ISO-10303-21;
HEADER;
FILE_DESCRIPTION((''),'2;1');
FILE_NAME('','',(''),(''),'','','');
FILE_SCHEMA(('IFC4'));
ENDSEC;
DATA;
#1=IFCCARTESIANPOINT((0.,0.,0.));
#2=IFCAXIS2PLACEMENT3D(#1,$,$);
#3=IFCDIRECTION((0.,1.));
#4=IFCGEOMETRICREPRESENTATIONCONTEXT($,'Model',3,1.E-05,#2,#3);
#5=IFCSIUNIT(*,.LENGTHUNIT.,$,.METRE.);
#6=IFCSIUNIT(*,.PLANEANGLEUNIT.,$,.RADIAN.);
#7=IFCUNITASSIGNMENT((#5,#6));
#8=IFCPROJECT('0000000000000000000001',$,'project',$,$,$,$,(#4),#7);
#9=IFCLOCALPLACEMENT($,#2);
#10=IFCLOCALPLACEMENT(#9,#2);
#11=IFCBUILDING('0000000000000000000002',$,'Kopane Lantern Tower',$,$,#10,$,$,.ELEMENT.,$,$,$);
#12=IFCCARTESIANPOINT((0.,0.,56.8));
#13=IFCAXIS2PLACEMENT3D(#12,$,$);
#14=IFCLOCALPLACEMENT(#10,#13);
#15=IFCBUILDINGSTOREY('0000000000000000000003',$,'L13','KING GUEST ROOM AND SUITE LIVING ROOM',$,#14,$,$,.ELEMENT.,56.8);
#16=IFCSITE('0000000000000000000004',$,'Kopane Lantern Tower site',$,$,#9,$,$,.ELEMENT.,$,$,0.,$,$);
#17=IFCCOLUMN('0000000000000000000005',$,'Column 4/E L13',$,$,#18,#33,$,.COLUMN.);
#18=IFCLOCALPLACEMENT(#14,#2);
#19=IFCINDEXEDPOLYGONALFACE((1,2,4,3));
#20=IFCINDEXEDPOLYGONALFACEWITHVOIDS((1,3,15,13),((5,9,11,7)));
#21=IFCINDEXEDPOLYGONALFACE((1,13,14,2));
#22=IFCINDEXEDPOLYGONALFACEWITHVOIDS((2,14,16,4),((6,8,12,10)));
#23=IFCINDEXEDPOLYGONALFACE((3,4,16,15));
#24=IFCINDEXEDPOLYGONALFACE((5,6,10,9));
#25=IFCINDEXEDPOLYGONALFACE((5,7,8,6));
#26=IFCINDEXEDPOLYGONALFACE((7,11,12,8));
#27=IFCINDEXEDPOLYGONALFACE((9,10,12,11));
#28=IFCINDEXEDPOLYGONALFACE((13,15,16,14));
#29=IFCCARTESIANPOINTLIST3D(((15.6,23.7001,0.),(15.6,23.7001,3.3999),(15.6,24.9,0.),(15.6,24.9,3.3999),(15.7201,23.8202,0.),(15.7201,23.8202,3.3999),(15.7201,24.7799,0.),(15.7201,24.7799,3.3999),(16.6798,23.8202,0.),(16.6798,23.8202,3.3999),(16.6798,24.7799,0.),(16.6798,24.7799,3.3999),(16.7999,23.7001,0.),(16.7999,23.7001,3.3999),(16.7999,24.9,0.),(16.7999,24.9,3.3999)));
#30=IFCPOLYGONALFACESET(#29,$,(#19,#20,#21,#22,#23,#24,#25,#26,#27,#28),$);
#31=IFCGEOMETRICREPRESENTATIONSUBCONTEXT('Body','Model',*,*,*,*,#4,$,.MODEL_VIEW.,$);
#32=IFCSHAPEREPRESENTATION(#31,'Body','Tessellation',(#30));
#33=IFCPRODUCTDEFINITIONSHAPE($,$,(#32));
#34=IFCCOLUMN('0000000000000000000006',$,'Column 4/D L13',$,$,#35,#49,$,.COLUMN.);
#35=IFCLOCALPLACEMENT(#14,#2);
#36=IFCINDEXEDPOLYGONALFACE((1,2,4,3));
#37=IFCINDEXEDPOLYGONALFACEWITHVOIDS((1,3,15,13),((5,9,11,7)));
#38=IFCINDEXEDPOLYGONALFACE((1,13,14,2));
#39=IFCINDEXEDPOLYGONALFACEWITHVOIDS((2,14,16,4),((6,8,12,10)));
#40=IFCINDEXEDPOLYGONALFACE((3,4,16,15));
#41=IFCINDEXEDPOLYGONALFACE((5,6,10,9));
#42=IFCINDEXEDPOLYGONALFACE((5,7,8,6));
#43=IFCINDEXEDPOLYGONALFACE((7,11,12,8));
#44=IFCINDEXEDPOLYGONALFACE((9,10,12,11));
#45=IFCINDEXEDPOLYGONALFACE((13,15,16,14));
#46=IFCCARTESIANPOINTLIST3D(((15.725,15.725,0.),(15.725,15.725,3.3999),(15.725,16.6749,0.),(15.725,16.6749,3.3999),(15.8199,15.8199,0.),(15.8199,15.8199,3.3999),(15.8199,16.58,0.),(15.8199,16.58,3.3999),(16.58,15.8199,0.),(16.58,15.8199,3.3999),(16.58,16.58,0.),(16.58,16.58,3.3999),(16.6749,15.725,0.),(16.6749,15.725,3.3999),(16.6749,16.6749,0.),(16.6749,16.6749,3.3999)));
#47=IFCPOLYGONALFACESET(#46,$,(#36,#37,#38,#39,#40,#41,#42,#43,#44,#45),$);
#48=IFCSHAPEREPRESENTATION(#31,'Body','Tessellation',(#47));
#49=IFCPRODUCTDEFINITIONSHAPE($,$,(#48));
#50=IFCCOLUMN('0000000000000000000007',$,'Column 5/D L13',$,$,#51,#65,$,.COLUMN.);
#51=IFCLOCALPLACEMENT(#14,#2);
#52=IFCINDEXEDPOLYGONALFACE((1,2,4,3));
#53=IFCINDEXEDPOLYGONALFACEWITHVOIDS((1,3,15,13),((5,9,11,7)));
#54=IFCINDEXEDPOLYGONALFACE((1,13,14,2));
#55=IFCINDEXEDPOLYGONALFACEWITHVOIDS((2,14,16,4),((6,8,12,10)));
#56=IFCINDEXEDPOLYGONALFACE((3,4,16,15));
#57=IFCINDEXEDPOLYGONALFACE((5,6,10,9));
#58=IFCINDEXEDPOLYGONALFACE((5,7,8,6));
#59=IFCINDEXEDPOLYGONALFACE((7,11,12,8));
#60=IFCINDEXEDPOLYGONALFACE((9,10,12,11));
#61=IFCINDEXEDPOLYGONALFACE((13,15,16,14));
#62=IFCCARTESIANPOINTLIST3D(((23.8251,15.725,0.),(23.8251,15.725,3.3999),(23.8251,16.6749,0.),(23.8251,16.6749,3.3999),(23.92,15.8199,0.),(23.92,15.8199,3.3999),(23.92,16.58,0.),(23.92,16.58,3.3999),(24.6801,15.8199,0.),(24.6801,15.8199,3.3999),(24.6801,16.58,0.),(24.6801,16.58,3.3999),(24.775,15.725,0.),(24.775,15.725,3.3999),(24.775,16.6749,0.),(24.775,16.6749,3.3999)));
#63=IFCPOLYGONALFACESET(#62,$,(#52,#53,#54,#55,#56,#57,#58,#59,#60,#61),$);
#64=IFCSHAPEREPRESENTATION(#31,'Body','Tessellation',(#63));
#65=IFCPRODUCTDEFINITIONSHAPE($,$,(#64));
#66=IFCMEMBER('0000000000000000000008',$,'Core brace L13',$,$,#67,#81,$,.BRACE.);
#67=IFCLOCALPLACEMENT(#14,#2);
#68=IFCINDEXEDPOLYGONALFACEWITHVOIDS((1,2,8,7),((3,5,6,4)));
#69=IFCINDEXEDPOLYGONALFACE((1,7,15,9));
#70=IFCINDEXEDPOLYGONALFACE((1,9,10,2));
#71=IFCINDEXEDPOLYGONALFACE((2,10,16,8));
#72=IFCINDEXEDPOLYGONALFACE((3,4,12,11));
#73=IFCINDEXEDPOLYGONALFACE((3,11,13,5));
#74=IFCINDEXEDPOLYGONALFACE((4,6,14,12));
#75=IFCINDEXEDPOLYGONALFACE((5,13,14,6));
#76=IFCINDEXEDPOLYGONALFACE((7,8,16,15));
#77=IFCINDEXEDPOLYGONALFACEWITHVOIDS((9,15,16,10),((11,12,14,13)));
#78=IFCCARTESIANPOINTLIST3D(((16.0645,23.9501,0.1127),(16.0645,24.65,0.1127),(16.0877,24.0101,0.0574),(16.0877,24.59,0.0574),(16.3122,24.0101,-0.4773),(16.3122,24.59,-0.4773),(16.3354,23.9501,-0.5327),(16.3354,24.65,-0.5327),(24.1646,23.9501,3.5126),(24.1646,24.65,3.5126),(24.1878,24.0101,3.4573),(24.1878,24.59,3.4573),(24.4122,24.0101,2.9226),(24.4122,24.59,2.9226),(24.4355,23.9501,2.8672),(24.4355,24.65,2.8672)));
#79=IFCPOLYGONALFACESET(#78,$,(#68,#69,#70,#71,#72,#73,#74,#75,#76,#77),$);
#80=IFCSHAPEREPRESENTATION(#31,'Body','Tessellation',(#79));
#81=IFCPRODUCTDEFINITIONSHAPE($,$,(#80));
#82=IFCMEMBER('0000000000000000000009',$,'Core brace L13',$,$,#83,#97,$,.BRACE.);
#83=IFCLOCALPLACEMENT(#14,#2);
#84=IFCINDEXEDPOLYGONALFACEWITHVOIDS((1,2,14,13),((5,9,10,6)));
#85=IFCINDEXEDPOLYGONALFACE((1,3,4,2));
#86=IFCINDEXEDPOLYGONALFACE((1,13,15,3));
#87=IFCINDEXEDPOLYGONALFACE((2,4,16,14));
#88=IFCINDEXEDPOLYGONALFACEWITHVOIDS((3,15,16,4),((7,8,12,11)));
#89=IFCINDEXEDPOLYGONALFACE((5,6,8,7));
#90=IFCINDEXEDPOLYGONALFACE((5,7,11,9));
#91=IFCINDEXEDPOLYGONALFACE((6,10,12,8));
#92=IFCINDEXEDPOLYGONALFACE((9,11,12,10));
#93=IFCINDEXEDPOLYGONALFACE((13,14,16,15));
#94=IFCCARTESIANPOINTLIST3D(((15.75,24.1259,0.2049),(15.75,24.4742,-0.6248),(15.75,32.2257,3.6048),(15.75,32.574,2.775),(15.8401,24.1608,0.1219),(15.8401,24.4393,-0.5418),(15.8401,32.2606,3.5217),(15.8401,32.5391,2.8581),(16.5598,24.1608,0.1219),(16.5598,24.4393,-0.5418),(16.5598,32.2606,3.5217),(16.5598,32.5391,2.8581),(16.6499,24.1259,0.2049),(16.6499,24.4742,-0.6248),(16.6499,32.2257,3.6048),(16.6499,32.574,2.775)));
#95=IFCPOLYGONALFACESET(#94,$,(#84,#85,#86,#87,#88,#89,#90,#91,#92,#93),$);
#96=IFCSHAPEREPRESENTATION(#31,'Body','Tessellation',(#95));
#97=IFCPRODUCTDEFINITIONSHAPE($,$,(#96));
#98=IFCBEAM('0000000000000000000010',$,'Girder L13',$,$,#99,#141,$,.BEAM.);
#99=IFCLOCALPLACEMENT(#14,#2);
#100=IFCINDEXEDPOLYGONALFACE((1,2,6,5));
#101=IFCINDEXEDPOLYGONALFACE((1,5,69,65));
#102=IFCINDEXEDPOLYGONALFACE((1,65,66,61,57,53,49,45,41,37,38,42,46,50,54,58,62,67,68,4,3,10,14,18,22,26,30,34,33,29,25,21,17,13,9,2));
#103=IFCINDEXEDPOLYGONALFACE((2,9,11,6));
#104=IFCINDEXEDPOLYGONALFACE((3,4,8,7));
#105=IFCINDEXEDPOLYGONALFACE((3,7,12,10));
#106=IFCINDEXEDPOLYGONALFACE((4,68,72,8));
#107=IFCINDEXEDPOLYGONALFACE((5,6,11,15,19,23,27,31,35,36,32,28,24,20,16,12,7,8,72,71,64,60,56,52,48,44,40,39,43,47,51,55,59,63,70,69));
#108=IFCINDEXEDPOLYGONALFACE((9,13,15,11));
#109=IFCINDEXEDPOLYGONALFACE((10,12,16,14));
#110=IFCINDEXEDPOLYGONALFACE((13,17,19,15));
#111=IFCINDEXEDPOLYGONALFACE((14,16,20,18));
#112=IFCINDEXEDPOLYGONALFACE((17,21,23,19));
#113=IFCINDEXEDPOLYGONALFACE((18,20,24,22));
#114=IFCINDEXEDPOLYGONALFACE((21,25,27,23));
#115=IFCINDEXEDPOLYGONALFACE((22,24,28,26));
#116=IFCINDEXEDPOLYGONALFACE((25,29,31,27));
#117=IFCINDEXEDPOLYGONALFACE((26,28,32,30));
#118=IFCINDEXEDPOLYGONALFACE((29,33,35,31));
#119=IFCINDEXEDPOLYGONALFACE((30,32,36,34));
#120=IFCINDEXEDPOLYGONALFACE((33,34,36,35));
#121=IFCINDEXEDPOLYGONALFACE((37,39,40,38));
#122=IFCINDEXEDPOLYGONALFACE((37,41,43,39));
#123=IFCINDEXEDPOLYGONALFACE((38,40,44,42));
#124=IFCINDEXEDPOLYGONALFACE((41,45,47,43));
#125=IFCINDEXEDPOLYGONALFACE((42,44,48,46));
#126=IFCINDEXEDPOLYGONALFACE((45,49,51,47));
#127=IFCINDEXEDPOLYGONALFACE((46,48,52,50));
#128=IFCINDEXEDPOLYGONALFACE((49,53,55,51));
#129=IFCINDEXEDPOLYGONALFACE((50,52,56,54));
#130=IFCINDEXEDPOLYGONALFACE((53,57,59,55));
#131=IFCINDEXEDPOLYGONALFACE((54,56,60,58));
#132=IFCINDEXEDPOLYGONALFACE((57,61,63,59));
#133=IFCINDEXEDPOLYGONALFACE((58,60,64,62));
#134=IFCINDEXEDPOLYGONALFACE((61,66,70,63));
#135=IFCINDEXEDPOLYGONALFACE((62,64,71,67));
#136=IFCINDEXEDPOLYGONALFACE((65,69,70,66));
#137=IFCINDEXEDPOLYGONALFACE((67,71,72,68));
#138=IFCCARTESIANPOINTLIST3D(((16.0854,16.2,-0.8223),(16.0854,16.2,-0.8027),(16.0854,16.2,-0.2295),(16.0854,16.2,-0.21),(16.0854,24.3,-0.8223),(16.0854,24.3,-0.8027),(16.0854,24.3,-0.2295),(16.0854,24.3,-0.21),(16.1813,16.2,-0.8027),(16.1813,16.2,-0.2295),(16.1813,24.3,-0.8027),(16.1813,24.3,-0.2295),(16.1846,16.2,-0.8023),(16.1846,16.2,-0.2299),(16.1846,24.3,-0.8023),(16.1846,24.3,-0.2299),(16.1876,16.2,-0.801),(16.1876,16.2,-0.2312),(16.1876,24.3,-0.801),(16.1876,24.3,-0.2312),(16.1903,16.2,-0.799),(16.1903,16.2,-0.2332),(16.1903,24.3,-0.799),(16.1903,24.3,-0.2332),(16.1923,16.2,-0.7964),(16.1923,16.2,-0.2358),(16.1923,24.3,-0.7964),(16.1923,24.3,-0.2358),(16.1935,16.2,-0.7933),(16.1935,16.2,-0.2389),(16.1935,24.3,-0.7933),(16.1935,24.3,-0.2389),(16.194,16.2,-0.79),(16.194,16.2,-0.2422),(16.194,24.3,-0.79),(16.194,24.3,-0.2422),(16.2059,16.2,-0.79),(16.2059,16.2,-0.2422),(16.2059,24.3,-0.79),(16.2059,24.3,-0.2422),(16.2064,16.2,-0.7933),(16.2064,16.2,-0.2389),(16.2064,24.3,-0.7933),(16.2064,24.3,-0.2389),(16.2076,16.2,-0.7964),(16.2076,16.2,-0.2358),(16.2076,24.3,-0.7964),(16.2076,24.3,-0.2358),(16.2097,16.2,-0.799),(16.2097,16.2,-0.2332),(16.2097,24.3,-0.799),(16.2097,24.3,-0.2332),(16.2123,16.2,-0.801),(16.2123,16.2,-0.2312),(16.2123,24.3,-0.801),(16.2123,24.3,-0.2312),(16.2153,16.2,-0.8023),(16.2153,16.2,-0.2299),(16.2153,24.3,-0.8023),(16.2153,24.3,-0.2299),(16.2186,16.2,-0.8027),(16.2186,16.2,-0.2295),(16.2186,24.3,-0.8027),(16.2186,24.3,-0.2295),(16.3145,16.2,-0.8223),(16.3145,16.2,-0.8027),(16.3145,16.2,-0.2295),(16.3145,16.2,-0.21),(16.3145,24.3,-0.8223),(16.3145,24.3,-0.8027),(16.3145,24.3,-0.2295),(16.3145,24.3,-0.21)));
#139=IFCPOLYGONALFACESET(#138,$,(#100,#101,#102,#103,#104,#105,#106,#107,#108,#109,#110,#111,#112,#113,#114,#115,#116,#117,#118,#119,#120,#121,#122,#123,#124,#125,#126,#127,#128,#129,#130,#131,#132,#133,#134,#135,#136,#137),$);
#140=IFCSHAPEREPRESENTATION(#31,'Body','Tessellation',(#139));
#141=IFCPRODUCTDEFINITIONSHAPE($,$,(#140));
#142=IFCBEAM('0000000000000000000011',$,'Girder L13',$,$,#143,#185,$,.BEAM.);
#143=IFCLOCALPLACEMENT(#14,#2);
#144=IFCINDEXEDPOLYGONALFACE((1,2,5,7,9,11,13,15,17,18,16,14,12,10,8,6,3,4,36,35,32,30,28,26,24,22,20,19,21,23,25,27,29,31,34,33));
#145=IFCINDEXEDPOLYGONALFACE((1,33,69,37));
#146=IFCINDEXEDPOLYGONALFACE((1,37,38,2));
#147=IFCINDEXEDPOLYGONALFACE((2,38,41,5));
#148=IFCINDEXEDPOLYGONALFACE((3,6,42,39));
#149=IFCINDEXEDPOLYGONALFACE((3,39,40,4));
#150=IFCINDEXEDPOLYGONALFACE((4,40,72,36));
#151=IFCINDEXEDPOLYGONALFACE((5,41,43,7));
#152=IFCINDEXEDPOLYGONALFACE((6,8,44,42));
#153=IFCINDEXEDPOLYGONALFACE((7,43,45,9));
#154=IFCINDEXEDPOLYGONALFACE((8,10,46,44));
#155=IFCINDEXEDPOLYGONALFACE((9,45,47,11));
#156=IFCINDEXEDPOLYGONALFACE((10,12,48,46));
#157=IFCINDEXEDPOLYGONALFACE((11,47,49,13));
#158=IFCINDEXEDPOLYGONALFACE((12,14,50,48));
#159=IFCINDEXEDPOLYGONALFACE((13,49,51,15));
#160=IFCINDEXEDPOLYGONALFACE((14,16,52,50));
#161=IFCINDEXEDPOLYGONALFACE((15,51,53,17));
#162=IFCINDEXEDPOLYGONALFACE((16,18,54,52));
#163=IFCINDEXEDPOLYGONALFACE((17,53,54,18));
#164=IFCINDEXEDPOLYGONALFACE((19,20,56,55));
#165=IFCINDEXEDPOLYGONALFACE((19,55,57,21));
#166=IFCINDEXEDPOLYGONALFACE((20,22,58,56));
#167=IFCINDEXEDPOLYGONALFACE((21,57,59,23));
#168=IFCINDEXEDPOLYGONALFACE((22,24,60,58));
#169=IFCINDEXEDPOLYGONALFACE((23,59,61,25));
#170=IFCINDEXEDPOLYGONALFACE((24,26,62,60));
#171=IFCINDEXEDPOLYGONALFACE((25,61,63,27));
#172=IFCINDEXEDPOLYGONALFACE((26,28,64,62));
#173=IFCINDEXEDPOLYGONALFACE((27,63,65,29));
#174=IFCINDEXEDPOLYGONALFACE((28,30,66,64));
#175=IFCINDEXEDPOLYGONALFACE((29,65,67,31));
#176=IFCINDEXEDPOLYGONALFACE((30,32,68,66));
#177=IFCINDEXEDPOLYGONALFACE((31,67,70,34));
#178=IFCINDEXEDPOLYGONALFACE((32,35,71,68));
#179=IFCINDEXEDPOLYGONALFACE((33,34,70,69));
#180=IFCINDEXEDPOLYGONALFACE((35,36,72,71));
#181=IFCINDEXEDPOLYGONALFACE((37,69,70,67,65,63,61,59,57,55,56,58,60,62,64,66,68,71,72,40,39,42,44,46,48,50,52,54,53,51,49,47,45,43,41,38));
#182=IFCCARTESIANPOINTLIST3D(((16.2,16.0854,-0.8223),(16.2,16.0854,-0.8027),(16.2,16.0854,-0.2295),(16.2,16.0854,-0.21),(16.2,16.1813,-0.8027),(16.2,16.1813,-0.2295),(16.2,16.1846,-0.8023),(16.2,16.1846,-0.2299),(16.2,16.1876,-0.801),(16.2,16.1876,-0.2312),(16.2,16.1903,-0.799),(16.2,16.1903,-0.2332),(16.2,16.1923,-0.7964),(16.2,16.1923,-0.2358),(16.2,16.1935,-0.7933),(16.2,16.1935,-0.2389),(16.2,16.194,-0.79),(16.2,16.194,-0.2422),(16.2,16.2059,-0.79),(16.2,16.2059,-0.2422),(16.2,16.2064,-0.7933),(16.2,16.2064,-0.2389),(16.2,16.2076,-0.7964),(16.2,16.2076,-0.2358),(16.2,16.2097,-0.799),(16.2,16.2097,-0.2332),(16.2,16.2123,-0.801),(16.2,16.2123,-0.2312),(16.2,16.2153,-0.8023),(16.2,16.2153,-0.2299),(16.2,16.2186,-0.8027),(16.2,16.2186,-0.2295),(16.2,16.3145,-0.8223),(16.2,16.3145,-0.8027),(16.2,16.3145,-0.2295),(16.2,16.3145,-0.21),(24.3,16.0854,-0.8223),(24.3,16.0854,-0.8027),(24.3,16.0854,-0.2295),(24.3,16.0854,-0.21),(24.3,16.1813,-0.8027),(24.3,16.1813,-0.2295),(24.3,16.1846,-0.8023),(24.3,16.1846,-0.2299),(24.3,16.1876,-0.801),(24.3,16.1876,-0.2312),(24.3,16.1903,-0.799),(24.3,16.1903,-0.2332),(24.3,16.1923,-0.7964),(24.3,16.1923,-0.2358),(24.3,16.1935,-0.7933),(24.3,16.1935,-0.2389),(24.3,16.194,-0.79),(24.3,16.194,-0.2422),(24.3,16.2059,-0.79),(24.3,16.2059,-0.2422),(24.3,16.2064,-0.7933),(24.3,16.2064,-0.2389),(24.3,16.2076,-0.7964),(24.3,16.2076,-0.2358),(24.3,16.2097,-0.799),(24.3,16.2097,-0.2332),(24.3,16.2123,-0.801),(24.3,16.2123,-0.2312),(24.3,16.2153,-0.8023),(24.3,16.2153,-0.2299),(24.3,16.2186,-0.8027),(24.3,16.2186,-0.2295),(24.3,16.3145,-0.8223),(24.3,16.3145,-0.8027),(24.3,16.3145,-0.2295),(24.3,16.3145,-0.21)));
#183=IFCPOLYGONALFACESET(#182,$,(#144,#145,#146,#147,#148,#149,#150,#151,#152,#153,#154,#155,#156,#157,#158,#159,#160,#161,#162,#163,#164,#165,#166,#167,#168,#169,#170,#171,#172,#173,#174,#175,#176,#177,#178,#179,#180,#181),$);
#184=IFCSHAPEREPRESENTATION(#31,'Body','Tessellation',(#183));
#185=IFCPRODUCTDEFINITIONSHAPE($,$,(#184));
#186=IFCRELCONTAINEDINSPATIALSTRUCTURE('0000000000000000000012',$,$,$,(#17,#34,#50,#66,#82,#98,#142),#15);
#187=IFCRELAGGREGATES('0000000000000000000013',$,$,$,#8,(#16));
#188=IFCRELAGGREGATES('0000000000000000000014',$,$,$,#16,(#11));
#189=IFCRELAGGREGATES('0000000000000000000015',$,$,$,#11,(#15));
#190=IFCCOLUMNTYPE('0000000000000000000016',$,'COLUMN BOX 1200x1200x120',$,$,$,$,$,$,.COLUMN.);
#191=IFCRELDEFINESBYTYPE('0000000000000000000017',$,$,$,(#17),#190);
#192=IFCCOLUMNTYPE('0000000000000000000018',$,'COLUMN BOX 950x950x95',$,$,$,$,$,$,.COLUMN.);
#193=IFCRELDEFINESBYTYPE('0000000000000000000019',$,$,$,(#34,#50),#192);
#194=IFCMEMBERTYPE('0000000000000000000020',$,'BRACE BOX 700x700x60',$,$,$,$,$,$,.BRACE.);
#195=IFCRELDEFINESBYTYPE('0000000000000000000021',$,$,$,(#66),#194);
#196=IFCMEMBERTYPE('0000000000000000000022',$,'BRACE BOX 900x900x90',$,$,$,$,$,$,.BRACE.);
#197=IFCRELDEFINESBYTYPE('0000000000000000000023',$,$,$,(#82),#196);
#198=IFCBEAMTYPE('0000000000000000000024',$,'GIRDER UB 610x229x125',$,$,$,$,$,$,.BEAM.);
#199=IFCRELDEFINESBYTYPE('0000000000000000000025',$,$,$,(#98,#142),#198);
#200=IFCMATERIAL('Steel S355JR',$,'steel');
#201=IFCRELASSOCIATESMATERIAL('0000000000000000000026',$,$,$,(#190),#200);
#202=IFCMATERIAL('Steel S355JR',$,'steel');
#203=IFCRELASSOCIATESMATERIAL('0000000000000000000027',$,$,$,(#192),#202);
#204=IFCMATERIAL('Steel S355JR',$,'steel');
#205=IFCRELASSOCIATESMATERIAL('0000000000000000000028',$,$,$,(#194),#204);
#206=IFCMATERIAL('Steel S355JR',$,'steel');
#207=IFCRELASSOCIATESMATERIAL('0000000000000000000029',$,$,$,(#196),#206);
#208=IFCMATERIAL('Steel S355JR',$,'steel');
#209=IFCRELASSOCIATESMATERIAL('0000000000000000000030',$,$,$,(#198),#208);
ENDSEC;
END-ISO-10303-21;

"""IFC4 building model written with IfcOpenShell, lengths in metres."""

from ifc_helpers import new_model, si_unit, direction, frame, origin, origin_2d, place, context, subcontext, project, spatial, hollow_rectangle, i_section, extrude, material, material_profile, profile_set, type_object, element, save


model = new_model("IFC4")

# Units and contexts
model_context = context("Model", 3, precision=1e-05, world=origin(), true_north=direction((0.0, 1.0)))
body_context = subcontext(model_context, "Body", "Model", "MODEL_VIEW")
ifc_project = project(units=[si_unit("LENGTHUNIT", "METRE"), si_unit("PLANEANGLEUNIT", "RADIAN")], contexts=[model_context])

# Site, building, storey
site_placement = place(None, origin())
site = spatial("IfcSite", under=ifc_project, at=site_placement, Name="Kopane Lantern Tower site", CompositionType="ELEMENT", RefElevation=0.0)
building_placement = place(site_placement, origin())
building = spatial("IfcBuilding", under=site, at=building_placement, Name="Kopane Lantern Tower", CompositionType="ELEMENT")
storey_placement = place(building_placement, frame((0.0, 0.0, 56.8)))
storey = spatial("IfcBuildingStorey", under=building, at=storey_placement, Name="L13", Description="KING GUEST ROOM AND SUITE LIVING ROOM", CompositionType="ELEMENT", Elevation=56.8)

# Columns
ifc_material_1 = material(Name="Steel S355JR", Category="steel")
ifc_material_profile_1 = material_profile(ifc_material_1, hollow_rectangle(XDim=1.2, YDim=1.2, WallThickness=0.1201, at=origin_2d()), Name="BOX 1200x1200x120")
ifc_profile_set_1 = profile_set([ifc_material_profile_1], Name="Steel S355JR")
column_type_1 = type_object("IfcColumnType", Name="COLUMN BOX 1200x1200x120", PredefinedType="COLUMN", material=ifc_profile_set_1)
column_placement = place(storey_placement, frame((16.2, 24.3, 0.0), z_axis=(0.0, 0.0, 1.0), x_axis=(1.0, 0.0, 0.0)))
element("IfcColumn", 1, at=column_placement, inside=storey, type_object=column_type_1, Name="Column 4/E L13", PredefinedType="COLUMN", context=body_context, shape_type="SweptSolid", body=[
    extrude(hollow_rectangle(XDim=1.2, YDim=1.2, WallThickness=0.1201, at=origin_2d()), origin(), (0.0, 0.0, 1.0), 3.3999),
])
ifc_material_2 = material(Name="Steel S355JR", Category="steel")
ifc_material_profile_2 = material_profile(ifc_material_2, hollow_rectangle(XDim=0.95, YDim=0.95, WallThickness=0.095, at=origin_2d()), Name="BOX 950x950x95")
ifc_profile_set_2 = profile_set([ifc_material_profile_2], Name="Steel S355JR")
column_type_2 = type_object("IfcColumnType", Name="COLUMN BOX 950x950x95", PredefinedType="COLUMN", material=ifc_profile_set_2)
for number, where, z_axis, x_axis, name in (
    (2, (16.2, 16.2, 0.0), (0.0, 0.0, 1.0), (1.0, 0.0, 0.0), "Column 4/D L13"),
    (3, (24.3, 16.2, 0.0), (0.0, 0.0, 1.0), (1.0, 0.0, 0.0), "Column 5/D L13"),
):
    element("IfcColumn", number, at=place(storey_placement, frame(where, z_axis=z_axis, x_axis=x_axis)), inside=storey, type_object=column_type_2, Name=name, PredefinedType="COLUMN", context=body_context, shape_type="SweptSolid", body=[
        extrude(hollow_rectangle(XDim=0.95, YDim=0.95, WallThickness=0.095, at=origin_2d()), origin(), (0.0, 0.0, 1.0), 3.3999),
    ])

# Members
ifc_material_3 = material(Name="Steel S355JR", Category="steel")
ifc_material_profile_3 = material_profile(ifc_material_3, hollow_rectangle(XDim=0.7, YDim=0.7, WallThickness=0.0601, at=origin_2d()), Name="BOX 700x700x60")
ifc_profile_set_3 = profile_set([ifc_material_profile_3], Name="Steel S355JR")
member_type_1 = type_object("IfcMemberType", Name="BRACE BOX 700x700x60", PredefinedType="BRACE", material=ifc_profile_set_3)
member_1_placement = place(storey_placement, frame((16.2, 24.3, -0.21), z_axis=(0.922069, 0.0, 0.387026), x_axis=(0.0, 1.0, 0.0)))
element("IfcMember", 4, at=member_1_placement, inside=storey, type_object=member_type_1, Name="Core brace L13", PredefinedType="BRACE", context=body_context, shape_type="SweptSolid", body=[
    extrude(hollow_rectangle(XDim=0.7, YDim=0.7, WallThickness=0.0601, at=origin_2d()), origin(), (0.0, 0.0, 1.0), 8.7847),
])
ifc_material_4 = material(Name="Steel S355JR", Category="steel")
ifc_material_profile_4 = material_profile(ifc_material_4, hollow_rectangle(XDim=0.8999, YDim=0.8999, WallThickness=0.0901, at=origin_2d()), Name="BOX 900x900x90")
ifc_profile_set_4 = profile_set([ifc_material_profile_4], Name="Steel S355JR")
member_type_2 = type_object("IfcMemberType", Name="BRACE BOX 900x900x90", PredefinedType="BRACE", material=ifc_profile_set_4)
member_2_placement = place(storey_placement, frame((16.2, 24.3, -0.21), z_axis=(0.0, 0.922065, 0.387035), x_axis=(-1.0, 0.0, 0.0)))
element("IfcMember", 5, at=member_2_placement, inside=storey, type_object=member_type_2, Name="Core brace L13", PredefinedType="BRACE", context=body_context, shape_type="SweptSolid", body=[
    extrude(hollow_rectangle(XDim=0.8999, YDim=0.8999, WallThickness=0.0901, at=origin_2d()), origin(), (0.0, 0.0, 1.0), 8.7844),
])

# Beams
ifc_material_5 = material(Name="Steel S355JR", Category="steel")
ifc_material_profile_5 = material_profile(ifc_material_5, i_section(OverallWidth=0.229, OverallDepth=0.6123, WebThickness=0.012, FlangeThickness=0.0195, FilletRadius=0.0127, at=origin_2d()), Name="UB 610x229x125")
ifc_profile_set_5 = profile_set([ifc_material_profile_5], Name="Steel S355JR")
beam_type = type_object("IfcBeamType", Name="GIRDER UB 610x229x125", PredefinedType="BEAM", material=ifc_profile_set_5)
for number, where, z_axis, x_axis, name in (
    (6, (16.2, 16.2, -0.5161), (0.0, 1.0, 0.0), (-1.0, 0.0, 0.0), "Girder L13"),
    (7, (16.2, 16.2, -0.5161), (1.0, 0.0, 0.0), (0.0, 1.0, 0.0), "Girder L13"),
):
    element("IfcBeam", number, at=place(storey_placement, frame(where, z_axis=z_axis, x_axis=x_axis)), inside=storey, type_object=beam_type, Name=name, PredefinedType="BEAM", context=body_context, shape_type="SweptSolid", body=[
        extrude(i_section(OverallWidth=0.229, OverallDepth=0.6123, WebThickness=0.012, FlangeThickness=0.0195, FilletRadius=0.0127, at=origin_2d()), origin(), (0.0, 0.0, 1.0), 8.1001),
    ])

save(model, "model.ifc")
